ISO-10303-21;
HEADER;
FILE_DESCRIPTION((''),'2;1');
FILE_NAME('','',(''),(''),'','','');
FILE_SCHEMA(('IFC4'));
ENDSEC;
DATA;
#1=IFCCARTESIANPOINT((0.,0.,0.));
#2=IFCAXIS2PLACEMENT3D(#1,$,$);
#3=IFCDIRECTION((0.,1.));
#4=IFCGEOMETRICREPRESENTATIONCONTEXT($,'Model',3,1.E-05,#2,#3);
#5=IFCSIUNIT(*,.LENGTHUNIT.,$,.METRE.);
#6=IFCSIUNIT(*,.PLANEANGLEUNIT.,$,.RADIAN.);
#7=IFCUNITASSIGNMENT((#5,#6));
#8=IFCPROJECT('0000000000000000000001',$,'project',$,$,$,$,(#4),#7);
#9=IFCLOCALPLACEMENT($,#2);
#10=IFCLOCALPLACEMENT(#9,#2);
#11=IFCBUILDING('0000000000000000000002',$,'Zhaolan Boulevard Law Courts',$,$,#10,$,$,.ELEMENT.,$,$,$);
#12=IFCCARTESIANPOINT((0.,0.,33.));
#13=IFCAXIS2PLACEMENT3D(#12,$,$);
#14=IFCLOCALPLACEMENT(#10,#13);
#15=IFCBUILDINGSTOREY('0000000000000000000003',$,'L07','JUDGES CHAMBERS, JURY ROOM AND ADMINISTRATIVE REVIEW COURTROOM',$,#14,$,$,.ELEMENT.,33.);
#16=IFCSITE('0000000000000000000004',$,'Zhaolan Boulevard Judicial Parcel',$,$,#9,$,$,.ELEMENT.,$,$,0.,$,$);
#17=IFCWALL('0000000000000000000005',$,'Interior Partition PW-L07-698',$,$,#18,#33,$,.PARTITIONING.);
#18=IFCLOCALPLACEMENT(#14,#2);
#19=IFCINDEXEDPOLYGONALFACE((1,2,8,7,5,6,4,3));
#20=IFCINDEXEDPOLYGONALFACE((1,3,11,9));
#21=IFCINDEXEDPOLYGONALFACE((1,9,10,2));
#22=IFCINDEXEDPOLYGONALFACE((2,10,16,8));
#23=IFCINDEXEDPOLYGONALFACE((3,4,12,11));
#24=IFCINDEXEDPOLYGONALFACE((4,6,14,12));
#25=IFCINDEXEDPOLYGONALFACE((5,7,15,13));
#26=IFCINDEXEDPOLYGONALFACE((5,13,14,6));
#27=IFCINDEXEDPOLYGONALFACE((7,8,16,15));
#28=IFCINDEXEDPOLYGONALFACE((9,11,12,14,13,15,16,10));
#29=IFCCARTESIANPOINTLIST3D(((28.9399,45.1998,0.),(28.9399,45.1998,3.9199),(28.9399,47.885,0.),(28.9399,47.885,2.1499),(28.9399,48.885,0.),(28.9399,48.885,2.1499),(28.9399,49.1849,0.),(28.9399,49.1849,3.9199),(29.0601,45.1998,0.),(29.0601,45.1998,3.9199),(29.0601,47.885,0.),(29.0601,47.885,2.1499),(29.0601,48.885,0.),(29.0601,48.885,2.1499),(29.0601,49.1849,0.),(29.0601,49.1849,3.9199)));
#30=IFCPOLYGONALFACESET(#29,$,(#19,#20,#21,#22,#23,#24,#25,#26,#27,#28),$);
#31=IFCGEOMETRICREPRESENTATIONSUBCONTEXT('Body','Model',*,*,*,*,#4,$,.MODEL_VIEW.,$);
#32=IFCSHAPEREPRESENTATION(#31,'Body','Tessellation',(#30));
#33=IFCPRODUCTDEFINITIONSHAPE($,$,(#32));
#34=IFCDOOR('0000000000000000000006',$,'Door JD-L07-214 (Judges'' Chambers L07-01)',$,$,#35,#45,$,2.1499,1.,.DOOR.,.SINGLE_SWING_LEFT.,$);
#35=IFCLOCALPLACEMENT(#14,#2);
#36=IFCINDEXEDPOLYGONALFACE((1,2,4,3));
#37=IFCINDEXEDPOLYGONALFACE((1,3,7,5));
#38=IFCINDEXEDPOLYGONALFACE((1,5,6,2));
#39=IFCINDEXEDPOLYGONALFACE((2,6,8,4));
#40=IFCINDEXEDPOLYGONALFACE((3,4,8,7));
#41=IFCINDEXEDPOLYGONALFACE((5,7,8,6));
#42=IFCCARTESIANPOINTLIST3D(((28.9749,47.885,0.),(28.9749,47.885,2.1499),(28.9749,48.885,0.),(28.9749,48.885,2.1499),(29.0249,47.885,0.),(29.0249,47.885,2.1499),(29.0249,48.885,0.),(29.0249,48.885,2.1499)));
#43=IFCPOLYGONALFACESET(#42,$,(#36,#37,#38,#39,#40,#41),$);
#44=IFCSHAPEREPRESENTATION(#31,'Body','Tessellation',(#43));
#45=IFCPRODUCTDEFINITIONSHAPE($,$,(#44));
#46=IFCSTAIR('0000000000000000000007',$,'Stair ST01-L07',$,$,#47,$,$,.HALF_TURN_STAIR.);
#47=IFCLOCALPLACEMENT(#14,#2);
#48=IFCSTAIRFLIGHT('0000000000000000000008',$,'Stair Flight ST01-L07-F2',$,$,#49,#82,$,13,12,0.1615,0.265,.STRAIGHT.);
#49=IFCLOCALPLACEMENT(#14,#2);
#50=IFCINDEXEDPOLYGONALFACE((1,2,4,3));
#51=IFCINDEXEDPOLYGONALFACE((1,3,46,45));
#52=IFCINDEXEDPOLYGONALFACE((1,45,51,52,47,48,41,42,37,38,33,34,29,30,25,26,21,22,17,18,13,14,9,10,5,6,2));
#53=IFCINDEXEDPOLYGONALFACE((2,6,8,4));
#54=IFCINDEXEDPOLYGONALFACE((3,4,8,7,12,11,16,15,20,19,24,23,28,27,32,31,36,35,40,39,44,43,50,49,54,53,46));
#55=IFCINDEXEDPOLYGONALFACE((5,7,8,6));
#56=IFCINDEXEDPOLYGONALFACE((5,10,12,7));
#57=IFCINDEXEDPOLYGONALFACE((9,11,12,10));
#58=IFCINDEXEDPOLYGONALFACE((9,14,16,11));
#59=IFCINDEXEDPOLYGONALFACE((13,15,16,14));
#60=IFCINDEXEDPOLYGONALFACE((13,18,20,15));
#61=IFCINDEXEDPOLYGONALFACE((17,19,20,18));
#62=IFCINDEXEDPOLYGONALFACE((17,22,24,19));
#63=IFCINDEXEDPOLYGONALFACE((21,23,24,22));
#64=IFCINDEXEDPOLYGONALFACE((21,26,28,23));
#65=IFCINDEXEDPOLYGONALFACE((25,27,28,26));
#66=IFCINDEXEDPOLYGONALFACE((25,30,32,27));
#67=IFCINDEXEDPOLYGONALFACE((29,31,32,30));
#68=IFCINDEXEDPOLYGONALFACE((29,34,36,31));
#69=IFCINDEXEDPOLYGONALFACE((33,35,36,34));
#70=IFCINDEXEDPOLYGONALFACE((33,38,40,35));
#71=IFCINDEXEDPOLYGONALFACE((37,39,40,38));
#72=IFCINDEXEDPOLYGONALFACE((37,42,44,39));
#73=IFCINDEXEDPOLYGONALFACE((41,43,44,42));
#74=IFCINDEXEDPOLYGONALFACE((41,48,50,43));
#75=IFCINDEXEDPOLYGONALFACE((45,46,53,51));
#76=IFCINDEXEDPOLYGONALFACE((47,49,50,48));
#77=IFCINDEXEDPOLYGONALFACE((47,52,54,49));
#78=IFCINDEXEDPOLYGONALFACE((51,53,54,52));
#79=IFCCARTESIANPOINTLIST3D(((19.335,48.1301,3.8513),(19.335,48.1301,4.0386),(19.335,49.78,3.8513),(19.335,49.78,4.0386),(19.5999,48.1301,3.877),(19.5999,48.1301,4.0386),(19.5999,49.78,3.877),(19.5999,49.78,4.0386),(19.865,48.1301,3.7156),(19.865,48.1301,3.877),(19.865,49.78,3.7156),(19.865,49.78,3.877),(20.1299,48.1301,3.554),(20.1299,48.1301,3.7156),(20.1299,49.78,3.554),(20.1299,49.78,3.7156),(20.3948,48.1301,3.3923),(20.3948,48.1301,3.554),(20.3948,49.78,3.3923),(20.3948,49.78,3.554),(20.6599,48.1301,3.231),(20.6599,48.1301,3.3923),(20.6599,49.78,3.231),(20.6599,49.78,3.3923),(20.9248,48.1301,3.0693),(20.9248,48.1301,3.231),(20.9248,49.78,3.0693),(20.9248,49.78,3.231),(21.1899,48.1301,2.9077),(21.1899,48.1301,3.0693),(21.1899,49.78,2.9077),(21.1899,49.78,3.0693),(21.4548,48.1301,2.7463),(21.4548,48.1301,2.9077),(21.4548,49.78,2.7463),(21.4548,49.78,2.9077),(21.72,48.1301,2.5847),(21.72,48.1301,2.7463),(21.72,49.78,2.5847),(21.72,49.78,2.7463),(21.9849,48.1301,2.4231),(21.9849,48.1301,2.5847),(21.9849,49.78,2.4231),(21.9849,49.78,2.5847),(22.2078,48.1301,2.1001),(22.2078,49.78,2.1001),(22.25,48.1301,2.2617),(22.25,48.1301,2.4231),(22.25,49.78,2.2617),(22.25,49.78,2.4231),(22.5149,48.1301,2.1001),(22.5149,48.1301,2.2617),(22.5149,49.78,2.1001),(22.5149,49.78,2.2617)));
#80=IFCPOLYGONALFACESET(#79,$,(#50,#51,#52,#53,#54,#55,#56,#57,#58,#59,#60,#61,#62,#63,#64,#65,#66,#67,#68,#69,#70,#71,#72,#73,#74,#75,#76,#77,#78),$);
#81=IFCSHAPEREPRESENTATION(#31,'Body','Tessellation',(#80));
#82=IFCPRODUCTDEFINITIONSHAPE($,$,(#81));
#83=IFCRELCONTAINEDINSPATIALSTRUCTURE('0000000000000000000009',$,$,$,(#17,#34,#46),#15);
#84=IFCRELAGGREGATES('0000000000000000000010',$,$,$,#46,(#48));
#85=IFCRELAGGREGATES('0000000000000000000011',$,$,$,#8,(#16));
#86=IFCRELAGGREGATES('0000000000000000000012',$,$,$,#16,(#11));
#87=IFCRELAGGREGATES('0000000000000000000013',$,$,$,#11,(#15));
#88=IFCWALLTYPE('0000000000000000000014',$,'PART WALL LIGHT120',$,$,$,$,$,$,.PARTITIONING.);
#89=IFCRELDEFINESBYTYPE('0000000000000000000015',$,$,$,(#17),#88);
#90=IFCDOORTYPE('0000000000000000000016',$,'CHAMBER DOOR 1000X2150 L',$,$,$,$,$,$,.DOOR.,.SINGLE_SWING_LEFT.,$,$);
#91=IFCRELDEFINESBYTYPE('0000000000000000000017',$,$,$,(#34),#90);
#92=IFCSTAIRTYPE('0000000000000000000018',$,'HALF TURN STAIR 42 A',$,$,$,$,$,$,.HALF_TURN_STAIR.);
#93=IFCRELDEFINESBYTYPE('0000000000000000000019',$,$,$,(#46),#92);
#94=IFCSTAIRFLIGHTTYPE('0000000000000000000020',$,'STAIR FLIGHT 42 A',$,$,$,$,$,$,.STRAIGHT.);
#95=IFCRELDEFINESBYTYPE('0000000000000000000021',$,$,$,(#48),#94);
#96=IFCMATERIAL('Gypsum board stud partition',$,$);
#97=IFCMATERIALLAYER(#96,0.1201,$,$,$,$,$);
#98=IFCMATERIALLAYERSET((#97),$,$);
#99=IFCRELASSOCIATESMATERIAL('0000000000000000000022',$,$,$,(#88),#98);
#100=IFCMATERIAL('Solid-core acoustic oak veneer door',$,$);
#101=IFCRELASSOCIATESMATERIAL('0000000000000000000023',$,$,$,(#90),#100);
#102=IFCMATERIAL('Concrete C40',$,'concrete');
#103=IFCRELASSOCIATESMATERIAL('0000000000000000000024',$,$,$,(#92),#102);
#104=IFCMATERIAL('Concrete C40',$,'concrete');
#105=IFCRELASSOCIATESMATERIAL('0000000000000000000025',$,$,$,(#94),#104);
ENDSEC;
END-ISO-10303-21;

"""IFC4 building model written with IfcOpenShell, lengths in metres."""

from ifc_helpers import new_model, si_unit, direction, frame, frame_2d, origin, place, context, subcontext, project, spatial, polyline, rectangle, outline, extrude, material, layer, layer_set, type_object, element, fill, aggregate, save


model = new_model("IFC4")

# Units and contexts
model_context = context("Model", 3, precision=1e-05, world=origin(), true_north=direction((0.0, 1.0)))
body_context = subcontext(model_context, "Body", "Model", "MODEL_VIEW")
ifc_project = project(units=[si_unit("LENGTHUNIT", "METRE"), si_unit("PLANEANGLEUNIT", "RADIAN")], contexts=[model_context])

# Site, building, storey
site_placement = place(None, origin())
site = spatial("IfcSite", under=ifc_project, at=site_placement, Name="Zhaolan Boulevard Judicial Parcel", CompositionType="ELEMENT", RefElevation=0.0)
building_placement = place(site_placement, origin())
building = spatial("IfcBuilding", under=site, at=building_placement, Name="Zhaolan Boulevard Law Courts", CompositionType="ELEMENT")
storey_placement = place(building_placement, frame((0.0, 0.0, 33.0)))
storey = spatial("IfcBuildingStorey", under=building, at=storey_placement, Name="L07", Description="JUDGES CHAMBERS, JURY ROOM AND ADMINISTRATIVE REVIEW COURTROOM", CompositionType="ELEMENT", Elevation=33.0)

# Wall, opening, door
ifc_material_1 = material(Name="Gypsum board stud partition")
ifc_layer_1 = layer(ifc_material_1, 0.1201)
ifc_layer_set_1 = layer_set([ifc_layer_1])
wall_type_1 = type_object("IfcWallType", Name="PART WALL LIGHT120", PredefinedType="PARTITIONING", material=ifc_layer_set_1)
wall_1_placement = place(storey_placement, frame((29.0, 49.1851, 0.0), z_axis=(0.0, 0.0, 1.0), x_axis=(0.0, -1.0, 0.0)))
wall_1 = element("IfcWall", 1, at=wall_1_placement, inside=storey, type_object=wall_type_1, Name="Interior Partition PW-L07-698", PredefinedType="PARTITIONING", context=body_context, shape_type="SweptSolid", body=[
    extrude(rectangle(XDim=3.9851, YDim=0.1201, at=frame_2d((1.9927, 0.0))), origin(), (0.0, 0.0, 1.0), 3.9199),
])
opening_1_placement = place(wall_1_placement, frame((0.3, 0.0, 0.0)))
opening_1 = element("IfcOpeningElement", 2, at=opening_1_placement, cuts=wall_1, PredefinedType="OPENING", context=body_context, shape_type="SweptSolid", body=[
    extrude(rectangle(XDim=1.0, YDim=2.1499, at=frame_2d((0.5, 1.075))), frame((0.0, 0.0701, 0.0), z_axis=(0.0, -1.0, 0.0), x_axis=(1.0, 0.0, 0.0)), (0.0, 0.0, 1.0), 0.1401),
])
ifc_material_2 = material(Name="Solid-core acoustic oak veneer door")
door_type_1 = type_object("IfcDoorType", Name="CHAMBER DOOR 1000X2150 L", OperationType="SINGLE_SWING_LEFT", PredefinedType="DOOR", material=ifc_material_2)
door_1_placement = place(opening_1_placement, origin())
door_1 = element("IfcDoor", 3, at=door_1_placement, inside=storey, type_object=door_type_1, Name="Door JD-L07-214 (Judges' Chambers L07-01)", OperationType="SINGLE_SWING_LEFT", OverallHeight=2.1499, OverallWidth=1.0, PredefinedType="DOOR", context=body_context, shape_type="SweptSolid", body=[
    extrude(rectangle(XDim=1.0, YDim=2.1499, at=frame_2d((0.5, 1.075))), frame((0.0, 0.0249, 0.0), z_axis=(0.0, -1.0, 0.0), x_axis=(1.0, 0.0, 0.0)), (0.0, 0.0, 1.0), 0.05),
])
fill(opening_1, door_1)

# Stair, stair flight
ifc_material_3 = material(Name="Concrete C40", Category="concrete")
stair_type = type_object("IfcStairType", Name="HALF TURN STAIR 42 A", PredefinedType="HALF_TURN_STAIR", material=ifc_material_3)
stair_placement = place(storey_placement, origin())
stair = element("IfcStair", 4, at=stair_placement, inside=storey, type_object=stair_type, Name="Stair ST01-L07", PredefinedType="HALF_TURN_STAIR")
ifc_material_4 = material(Name="Concrete C40", Category="concrete")
stair_flight_type = type_object("IfcStairFlightType", Name="STAIR FLIGHT 42 A", PredefinedType="STRAIGHT", material=ifc_material_4)
stair_flight_placement = place(storey_placement, frame((22.5149, 48.9551, 2.1001), z_axis=(0.0, 0.0, 1.0), x_axis=(-1.0, 0.0, 0.0)))
stair_flight = element("IfcStairFlight", 5, at=stair_flight_placement, type_object=stair_flight_type, Name="Stair Flight ST01-L07-F2", NumberOfRisers=13, NumberOfTreads=12, PredefinedType="STRAIGHT", RiserHeight=0.1615, TreadLength=0.265, context=body_context, shape_type="SweptSolid", body=[
    extrude(outline(polyline([(0.0, 0.0), (0.0, 0.1616), (0.2649, 0.1616), (0.2649, 0.323), (0.53, 0.323), (0.53, 0.4846), (0.7949, 0.4846), (0.7949, 0.6462), (1.0601, 0.6462), (1.0601, 0.8076), (1.325, 0.8076), (1.325, 0.9692), (1.5901, 0.9692), (1.5901, 1.1309), (1.855, 1.1309), (1.855, 1.2922), (2.1201, 1.2922), (2.1201, 1.4539), (2.385, 1.4539), (2.385, 1.6155), (2.6499, 1.6155), (2.6499, 1.7769), (2.915, 1.7769), (2.915, 1.9385), (3.1799, 1.9385), (3.1799, 2.1001), (3.1799, 1.7512), (0.3071, 0.0), (0.0, 0.0)])), frame((0.0, 0.825, 0.0), z_axis=(0.0, -1.0, 0.0), x_axis=(1.0, 0.0, 0.0)), (0.0, 0.0, 1.0), 1.6499),
])
aggregate(stair, [stair_flight])

save(model, "model.ifc")
